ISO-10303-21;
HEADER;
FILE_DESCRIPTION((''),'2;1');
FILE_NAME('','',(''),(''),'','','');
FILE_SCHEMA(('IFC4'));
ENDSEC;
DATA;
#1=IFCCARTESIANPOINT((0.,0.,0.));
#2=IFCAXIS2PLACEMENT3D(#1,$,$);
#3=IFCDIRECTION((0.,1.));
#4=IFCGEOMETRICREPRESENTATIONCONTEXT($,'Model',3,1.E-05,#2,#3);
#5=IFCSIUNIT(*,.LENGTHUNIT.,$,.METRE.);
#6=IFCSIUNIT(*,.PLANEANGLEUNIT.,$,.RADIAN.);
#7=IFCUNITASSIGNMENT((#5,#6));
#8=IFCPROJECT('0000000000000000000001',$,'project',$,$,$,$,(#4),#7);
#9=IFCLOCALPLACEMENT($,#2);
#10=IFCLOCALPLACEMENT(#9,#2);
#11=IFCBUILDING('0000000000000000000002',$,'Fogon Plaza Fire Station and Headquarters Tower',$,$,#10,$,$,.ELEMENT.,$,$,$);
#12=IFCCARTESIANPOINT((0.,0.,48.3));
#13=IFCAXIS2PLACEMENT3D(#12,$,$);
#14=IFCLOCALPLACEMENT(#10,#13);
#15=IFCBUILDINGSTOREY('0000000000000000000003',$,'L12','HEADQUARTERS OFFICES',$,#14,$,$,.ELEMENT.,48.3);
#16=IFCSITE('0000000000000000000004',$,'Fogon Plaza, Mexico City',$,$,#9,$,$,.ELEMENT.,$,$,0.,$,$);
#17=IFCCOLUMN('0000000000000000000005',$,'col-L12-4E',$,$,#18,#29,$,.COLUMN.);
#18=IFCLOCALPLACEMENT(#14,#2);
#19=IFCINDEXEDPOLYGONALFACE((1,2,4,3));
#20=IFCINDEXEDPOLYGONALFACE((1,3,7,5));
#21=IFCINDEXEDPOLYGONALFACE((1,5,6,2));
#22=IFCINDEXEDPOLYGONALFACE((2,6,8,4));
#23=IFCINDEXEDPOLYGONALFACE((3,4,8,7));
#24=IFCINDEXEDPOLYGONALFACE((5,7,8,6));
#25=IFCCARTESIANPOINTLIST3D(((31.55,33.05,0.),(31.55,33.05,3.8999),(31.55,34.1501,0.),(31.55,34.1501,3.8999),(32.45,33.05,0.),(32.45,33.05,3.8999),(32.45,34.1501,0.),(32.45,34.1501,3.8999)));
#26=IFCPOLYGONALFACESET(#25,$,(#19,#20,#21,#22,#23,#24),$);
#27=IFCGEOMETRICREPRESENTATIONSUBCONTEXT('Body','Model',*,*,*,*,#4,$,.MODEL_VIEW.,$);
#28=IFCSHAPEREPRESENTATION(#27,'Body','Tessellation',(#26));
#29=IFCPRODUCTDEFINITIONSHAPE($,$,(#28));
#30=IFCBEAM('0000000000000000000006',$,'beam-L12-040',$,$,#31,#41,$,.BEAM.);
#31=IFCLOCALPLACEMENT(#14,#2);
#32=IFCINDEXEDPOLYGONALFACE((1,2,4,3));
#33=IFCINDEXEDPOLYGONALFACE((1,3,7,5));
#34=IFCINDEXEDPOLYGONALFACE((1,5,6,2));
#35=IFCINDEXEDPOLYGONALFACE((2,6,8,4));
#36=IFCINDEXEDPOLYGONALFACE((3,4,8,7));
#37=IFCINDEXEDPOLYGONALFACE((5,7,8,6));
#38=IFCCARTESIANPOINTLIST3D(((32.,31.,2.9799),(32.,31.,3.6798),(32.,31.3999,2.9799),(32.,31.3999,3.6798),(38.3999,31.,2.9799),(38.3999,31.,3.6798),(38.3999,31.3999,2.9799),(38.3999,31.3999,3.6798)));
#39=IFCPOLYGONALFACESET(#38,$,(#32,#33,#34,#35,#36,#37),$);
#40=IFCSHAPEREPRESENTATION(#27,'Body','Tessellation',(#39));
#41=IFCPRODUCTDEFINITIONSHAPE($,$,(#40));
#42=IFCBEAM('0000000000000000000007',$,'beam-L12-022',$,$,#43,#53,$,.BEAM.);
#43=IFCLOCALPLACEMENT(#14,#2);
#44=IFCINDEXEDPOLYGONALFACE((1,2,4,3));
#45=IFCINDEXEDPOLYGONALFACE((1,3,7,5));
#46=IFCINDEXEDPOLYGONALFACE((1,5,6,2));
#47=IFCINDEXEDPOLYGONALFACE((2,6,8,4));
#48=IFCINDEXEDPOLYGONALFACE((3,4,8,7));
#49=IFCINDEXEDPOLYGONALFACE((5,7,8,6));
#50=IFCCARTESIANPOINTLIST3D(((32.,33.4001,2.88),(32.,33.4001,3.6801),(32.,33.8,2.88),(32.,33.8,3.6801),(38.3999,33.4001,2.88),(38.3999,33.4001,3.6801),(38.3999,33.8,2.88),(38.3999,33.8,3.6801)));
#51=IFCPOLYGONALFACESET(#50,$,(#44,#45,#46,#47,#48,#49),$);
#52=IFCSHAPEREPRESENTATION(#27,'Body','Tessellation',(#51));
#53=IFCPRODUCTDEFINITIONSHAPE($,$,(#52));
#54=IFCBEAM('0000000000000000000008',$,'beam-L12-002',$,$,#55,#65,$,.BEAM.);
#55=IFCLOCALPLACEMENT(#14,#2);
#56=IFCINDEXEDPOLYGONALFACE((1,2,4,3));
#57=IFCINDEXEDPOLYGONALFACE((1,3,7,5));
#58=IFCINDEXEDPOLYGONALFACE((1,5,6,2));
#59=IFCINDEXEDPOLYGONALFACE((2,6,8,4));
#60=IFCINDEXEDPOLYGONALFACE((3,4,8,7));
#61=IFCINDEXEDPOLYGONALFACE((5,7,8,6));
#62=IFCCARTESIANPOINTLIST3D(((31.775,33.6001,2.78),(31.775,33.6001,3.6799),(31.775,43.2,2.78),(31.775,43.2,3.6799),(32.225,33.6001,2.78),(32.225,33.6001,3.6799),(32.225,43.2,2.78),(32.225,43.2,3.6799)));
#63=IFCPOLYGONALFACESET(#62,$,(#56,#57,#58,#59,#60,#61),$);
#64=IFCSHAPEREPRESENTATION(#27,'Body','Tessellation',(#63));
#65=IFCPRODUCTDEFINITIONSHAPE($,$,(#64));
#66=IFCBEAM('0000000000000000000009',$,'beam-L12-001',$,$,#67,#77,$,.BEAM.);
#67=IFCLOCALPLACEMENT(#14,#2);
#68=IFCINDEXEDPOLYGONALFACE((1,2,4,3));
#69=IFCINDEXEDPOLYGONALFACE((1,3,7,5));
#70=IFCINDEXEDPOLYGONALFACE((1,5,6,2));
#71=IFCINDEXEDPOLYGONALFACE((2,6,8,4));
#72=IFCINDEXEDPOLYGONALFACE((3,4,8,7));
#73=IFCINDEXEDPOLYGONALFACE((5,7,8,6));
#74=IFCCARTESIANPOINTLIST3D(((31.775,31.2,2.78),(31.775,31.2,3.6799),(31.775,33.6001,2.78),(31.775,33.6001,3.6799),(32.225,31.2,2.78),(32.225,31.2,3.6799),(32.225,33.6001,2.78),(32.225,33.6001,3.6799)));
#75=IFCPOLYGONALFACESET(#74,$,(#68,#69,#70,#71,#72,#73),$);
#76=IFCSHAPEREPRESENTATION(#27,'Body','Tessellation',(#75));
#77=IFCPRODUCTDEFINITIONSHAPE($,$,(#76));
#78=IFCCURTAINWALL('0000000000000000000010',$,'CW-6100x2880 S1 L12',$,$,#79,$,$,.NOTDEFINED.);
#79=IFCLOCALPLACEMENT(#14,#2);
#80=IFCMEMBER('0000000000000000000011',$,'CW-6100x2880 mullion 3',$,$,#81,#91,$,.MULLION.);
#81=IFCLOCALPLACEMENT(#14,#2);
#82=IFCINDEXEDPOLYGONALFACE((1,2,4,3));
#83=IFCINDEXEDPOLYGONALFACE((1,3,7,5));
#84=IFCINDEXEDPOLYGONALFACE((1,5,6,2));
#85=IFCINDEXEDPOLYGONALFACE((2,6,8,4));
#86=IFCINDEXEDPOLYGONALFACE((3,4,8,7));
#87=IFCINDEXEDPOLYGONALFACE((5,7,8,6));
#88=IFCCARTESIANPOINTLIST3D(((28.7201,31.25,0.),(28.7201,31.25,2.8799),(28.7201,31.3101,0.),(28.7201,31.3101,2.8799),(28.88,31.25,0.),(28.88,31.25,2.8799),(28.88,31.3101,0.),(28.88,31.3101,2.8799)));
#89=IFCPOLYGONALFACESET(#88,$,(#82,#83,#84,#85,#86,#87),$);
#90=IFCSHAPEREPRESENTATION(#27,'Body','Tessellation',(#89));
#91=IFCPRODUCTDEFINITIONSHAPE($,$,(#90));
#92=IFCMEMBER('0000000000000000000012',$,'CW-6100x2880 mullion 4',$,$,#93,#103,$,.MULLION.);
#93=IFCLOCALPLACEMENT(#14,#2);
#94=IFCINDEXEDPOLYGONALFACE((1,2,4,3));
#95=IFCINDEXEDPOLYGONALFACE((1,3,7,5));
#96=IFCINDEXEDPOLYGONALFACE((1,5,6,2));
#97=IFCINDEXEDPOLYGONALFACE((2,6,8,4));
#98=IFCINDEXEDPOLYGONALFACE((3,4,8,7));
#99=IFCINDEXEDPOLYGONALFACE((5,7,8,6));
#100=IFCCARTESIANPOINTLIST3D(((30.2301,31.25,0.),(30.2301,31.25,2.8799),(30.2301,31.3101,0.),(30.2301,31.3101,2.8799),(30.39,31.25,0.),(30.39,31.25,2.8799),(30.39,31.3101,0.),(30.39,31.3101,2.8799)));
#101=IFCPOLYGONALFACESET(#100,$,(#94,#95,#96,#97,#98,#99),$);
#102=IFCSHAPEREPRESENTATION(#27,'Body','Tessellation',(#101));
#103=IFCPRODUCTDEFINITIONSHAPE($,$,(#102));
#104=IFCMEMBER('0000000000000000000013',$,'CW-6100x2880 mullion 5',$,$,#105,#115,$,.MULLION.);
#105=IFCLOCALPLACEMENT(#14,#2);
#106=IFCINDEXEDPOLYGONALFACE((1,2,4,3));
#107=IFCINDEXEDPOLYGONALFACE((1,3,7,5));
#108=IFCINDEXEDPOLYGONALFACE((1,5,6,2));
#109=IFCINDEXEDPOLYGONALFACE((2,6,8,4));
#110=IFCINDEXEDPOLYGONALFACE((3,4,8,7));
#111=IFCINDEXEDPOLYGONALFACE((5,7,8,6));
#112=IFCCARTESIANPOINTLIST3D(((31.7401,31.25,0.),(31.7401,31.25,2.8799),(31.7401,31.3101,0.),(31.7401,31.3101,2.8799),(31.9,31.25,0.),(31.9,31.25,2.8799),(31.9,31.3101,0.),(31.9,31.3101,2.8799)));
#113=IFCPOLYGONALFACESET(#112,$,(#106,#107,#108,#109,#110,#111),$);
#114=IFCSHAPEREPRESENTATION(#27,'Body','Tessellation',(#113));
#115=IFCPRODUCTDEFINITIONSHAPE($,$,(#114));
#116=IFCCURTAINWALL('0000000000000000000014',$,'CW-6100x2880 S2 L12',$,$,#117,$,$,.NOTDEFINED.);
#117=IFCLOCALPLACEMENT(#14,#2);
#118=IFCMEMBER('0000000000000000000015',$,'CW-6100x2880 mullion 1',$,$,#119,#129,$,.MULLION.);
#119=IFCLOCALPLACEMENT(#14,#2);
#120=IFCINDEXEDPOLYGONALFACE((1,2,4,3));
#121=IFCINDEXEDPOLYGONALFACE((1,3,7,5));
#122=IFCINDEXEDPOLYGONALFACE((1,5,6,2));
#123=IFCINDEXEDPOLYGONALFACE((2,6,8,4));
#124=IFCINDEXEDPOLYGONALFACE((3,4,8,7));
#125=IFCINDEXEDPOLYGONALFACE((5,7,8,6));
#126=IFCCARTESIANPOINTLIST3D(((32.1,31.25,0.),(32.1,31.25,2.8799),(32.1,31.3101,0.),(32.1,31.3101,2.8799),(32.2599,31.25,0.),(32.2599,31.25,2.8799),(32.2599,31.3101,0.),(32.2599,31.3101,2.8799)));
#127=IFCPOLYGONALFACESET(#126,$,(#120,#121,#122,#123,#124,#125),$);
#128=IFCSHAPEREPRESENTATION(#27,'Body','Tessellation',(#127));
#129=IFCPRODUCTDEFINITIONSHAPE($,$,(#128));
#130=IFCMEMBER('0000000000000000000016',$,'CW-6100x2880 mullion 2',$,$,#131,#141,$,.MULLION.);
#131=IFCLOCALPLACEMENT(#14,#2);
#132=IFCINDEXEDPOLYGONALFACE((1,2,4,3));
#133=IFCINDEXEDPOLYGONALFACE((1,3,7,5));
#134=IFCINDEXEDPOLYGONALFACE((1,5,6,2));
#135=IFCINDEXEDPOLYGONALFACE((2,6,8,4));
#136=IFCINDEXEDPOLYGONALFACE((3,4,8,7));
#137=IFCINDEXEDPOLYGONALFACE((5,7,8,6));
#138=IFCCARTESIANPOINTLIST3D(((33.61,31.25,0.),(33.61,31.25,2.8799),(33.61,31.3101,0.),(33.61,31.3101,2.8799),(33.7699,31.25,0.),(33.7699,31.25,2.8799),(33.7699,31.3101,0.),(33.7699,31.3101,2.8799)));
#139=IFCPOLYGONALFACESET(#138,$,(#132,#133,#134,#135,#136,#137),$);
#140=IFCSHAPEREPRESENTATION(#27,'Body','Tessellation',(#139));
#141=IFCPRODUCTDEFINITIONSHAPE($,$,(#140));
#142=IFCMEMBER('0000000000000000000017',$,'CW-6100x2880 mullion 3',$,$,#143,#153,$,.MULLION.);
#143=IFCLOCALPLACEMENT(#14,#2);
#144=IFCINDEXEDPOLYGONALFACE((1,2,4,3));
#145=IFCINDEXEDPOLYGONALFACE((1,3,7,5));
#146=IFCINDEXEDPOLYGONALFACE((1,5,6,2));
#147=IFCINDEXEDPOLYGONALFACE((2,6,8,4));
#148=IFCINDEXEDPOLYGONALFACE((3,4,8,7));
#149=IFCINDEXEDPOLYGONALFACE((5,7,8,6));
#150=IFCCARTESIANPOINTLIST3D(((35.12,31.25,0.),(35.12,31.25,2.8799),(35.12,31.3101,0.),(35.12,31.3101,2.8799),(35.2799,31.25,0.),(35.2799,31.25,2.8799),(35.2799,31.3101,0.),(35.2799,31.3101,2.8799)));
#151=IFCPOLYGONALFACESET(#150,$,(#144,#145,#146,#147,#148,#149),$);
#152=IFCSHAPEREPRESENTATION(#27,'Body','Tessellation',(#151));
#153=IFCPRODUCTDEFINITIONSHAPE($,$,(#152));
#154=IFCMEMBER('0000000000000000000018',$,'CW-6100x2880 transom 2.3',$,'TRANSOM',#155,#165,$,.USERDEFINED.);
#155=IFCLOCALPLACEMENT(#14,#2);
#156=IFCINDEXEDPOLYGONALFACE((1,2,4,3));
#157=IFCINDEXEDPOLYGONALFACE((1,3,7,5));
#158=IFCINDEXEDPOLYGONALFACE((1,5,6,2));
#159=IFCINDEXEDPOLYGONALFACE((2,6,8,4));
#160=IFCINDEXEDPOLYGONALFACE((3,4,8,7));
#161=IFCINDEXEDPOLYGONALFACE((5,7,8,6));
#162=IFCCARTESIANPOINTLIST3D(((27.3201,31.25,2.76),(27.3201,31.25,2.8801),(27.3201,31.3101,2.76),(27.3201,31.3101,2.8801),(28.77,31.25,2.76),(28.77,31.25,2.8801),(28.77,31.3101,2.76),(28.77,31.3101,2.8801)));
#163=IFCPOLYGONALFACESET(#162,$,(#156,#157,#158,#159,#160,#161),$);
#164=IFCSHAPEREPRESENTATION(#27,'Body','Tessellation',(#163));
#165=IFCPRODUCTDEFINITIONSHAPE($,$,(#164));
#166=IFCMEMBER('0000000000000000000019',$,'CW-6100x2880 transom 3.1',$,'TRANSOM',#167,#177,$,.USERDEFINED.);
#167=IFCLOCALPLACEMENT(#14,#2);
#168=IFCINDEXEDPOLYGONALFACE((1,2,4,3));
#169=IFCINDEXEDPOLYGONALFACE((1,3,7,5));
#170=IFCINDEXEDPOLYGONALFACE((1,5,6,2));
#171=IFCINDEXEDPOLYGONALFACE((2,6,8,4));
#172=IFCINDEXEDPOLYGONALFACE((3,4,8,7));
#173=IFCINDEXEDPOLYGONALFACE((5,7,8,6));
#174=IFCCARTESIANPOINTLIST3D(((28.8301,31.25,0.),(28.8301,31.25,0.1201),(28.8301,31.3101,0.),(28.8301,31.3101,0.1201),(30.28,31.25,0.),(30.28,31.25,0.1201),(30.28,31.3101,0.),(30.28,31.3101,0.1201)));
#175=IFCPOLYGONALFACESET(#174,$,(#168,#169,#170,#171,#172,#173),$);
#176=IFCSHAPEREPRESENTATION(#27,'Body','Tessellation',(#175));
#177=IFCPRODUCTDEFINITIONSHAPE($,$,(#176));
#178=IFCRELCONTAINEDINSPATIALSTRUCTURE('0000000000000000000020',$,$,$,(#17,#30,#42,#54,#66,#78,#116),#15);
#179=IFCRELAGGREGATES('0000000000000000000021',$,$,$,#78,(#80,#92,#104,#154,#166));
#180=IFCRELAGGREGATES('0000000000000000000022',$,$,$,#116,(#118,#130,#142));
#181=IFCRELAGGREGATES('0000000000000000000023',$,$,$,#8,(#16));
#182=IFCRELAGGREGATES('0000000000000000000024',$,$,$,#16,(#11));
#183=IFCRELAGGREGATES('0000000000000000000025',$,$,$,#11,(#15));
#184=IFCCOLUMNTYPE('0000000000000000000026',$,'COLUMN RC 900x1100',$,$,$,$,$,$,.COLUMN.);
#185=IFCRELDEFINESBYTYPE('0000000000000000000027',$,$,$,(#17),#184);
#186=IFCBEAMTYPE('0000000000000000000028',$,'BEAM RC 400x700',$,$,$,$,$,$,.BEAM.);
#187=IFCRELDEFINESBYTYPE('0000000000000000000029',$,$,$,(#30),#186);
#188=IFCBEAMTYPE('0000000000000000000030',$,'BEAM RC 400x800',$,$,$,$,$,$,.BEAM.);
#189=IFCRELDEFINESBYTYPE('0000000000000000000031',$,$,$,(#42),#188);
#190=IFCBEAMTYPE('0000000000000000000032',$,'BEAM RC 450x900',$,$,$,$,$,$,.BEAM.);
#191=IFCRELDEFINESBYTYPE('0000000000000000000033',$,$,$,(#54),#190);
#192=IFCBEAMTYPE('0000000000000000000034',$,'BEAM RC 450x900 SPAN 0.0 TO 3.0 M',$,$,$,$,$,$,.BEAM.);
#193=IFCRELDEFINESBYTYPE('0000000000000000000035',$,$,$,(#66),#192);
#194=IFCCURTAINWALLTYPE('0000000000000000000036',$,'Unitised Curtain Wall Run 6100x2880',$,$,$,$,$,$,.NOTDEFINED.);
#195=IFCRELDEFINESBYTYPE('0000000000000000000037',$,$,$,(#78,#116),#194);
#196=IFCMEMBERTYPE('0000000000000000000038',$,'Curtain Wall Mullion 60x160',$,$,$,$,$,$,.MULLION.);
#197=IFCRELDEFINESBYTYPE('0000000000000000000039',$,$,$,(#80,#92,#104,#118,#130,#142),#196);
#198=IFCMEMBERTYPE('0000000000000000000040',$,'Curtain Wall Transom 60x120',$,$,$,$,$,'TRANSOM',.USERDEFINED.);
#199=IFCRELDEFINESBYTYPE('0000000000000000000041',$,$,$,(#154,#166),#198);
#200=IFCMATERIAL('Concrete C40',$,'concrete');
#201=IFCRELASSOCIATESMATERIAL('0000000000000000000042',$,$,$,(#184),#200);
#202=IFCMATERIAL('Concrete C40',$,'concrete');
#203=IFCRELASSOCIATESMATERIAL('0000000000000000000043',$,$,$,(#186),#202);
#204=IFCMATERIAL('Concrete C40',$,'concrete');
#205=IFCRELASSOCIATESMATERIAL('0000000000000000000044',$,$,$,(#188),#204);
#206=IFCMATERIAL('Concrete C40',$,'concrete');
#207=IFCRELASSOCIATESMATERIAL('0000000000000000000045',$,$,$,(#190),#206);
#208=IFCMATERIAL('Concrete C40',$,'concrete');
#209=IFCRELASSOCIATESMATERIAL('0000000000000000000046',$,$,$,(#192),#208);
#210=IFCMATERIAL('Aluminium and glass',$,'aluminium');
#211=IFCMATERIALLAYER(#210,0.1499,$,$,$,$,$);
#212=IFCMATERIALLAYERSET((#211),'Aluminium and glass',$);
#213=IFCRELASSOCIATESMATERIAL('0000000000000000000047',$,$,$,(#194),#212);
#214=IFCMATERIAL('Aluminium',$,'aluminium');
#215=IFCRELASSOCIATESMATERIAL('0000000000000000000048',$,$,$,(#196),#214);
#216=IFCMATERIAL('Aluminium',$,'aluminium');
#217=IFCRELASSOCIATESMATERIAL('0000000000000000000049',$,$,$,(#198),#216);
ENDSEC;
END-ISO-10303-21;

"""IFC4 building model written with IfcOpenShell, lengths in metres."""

from ifc_helpers import new_model, si_unit, direction, frame, origin, origin_2d, place, context, subcontext, project, spatial, rectangle, extrude, material, layer, layer_set, material_profile, profile_set, type_object, element, aggregate, save


model = new_model("IFC4")

# Units and contexts
model_context = context("Model", 3, precision=1e-05, world=origin(), true_north=direction((0.0, 1.0)))
body_context = subcontext(model_context, "Body", "Model", "MODEL_VIEW")
ifc_project = project(units=[si_unit("LENGTHUNIT", "METRE"), si_unit("PLANEANGLEUNIT", "RADIAN")], contexts=[model_context])

# Site, building, storey
site_placement = place(None, origin())
site = spatial("IfcSite", under=ifc_project, at=site_placement, Name="Fogon Plaza, Mexico City", CompositionType="ELEMENT", RefElevation=0.0)
building_placement = place(site_placement, origin())
building = spatial("IfcBuilding", under=site, at=building_placement, Name="Fogon Plaza Fire Station and Headquarters Tower", CompositionType="ELEMENT")
storey_placement = place(building_placement, frame((0.0, 0.0, 48.3)))
storey = spatial("IfcBuildingStorey", under=building, at=storey_placement, Name="L12", Description="HEADQUARTERS OFFICES", CompositionType="ELEMENT", Elevation=48.3)

# Column
ifc_material_1 = material(Name="Concrete C40", Category="concrete")
ifc_material_profile_1 = material_profile(ifc_material_1, rectangle(XDim=0.8999, YDim=1.1001, at=origin_2d()), Name="RC 900x1100")
ifc_profile_set_1 = profile_set([ifc_material_profile_1], Name="Concrete C40")
column_type = type_object("IfcColumnType", Name="COLUMN RC 900x1100", PredefinedType="COLUMN", material=ifc_profile_set_1)
column_placement = place(storey_placement, frame((32.0, 33.6001, 0.0), z_axis=(0.0, 0.0, 1.0), x_axis=(1.0, 0.0, 0.0)))
element("IfcColumn", 1, at=column_placement, inside=storey, type_object=column_type, Name="col-L12-4E", PredefinedType="COLUMN", context=body_context, shape_type="SweptSolid", body=[
    extrude(rectangle(XDim=0.8999, YDim=1.1001, at=origin_2d()), origin(), (0.0, 0.0, 1.0), 3.8999),
])

# Beams
ifc_material_2 = material(Name="Concrete C40", Category="concrete")
ifc_material_profile_2 = material_profile(ifc_material_2, rectangle(XDim=0.3999, YDim=0.7, at=origin_2d()), Name="RC 400x700")
ifc_profile_set_2 = profile_set([ifc_material_profile_2], Name="Concrete C40")
beam_type_1 = type_object("IfcBeamType", Name="BEAM RC 400x700", PredefinedType="BEAM", material=ifc_profile_set_2)
beam_1_placement = place(storey_placement, frame((32.0, 31.2, 3.3298), z_axis=(1.0, 0.0, 0.0), x_axis=(0.0, 1.0, 0.0)))
element("IfcBeam", 2, at=beam_1_placement, inside=storey, type_object=beam_type_1, Name="beam-L12-040", PredefinedType="BEAM", context=body_context, shape_type="SweptSolid", body=[
    extrude(rectangle(XDim=0.3999, YDim=0.7, at=origin_2d()), origin(), (0.0, 0.0, 1.0), 6.3999),
])
ifc_material_3 = material(Name="Concrete C40", Category="concrete")
ifc_material_profile_3 = material_profile(ifc_material_3, rectangle(XDim=0.3999, YDim=0.8, at=origin_2d()), Name="RC 400x800")
ifc_profile_set_3 = profile_set([ifc_material_profile_3], Name="Concrete C40")
beam_type_2 = type_object("IfcBeamType", Name="BEAM RC 400x800", PredefinedType="BEAM", material=ifc_profile_set_3)
beam_2_placement = place(storey_placement, frame((32.0, 33.6001, 3.28), z_axis=(1.0, 0.0, 0.0), x_axis=(0.0, 1.0, 0.0)))
element("IfcBeam", 3, at=beam_2_placement, inside=storey, type_object=beam_type_2, Name="beam-L12-022", PredefinedType="BEAM", context=body_context, shape_type="SweptSolid", body=[
    extrude(rectangle(XDim=0.3999, YDim=0.8, at=origin_2d()), origin(), (0.0, 0.0, 1.0), 6.3999),
])
ifc_material_4 = material(Name="Concrete C40", Category="concrete")
ifc_material_profile_4 = material_profile(ifc_material_4, rectangle(XDim=0.45, YDim=0.8999, at=origin_2d()), Name="RC 450x900")
ifc_profile_set_4 = profile_set([ifc_material_profile_4], Name="Concrete C40")
beam_type_3 = type_object("IfcBeamType", Name="BEAM RC 450x900", PredefinedType="BEAM", material=ifc_profile_set_4)
beam_3_placement = place(storey_placement, frame((32.0, 33.6001, 3.23), z_axis=(0.0, 1.0, 0.0), x_axis=(-1.0, 0.0, 0.0)))
element("IfcBeam", 4, at=beam_3_placement, inside=storey, type_object=beam_type_3, Name="beam-L12-002", PredefinedType="BEAM", context=body_context, shape_type="SweptSolid", body=[
    extrude(rectangle(XDim=0.45, YDim=0.8999, at=origin_2d()), origin(), (0.0, 0.0, 1.0), 9.5999),
])
ifc_material_5 = material(Name="Concrete C40", Category="concrete")
ifc_material_profile_5 = material_profile(ifc_material_5, rectangle(XDim=0.45, YDim=0.8999, at=origin_2d()), Name="RC 450x900")
ifc_profile_set_5 = profile_set([ifc_material_profile_5], Name="Concrete C40")
beam_type_4 = type_object("IfcBeamType", Name="BEAM RC 450x900 SPAN 0.0 TO 3.0 M", PredefinedType="BEAM", material=ifc_profile_set_5)
beam_4_placement = place(storey_placement, frame((32.0, 31.2, 3.23), z_axis=(0.0, 1.0, 0.0), x_axis=(-1.0, 0.0, 0.0)))
element("IfcBeam", 5, at=beam_4_placement, inside=storey, type_object=beam_type_4, Name="beam-L12-001", PredefinedType="BEAM", context=body_context, shape_type="SweptSolid", body=[
    extrude(rectangle(XDim=0.45, YDim=0.8999, at=origin_2d()), origin(), (0.0, 0.0, 1.0), 2.4001),
])

# Curtain walls, members
ifc_material_6 = material(Name="Aluminium and glass", Category="aluminium")
ifc_layer_1 = layer(ifc_material_6, 0.1499)
ifc_layer_set_1 = layer_set([ifc_layer_1], Name="Aluminium and glass")
curtain_wall_type = type_object("IfcCurtainWallType", Name="Unitised Curtain Wall Run 6100x2880", PredefinedType="NOTDEFINED", material=ifc_layer_set_1)
curtain_wall_1_placement = place(storey_placement, origin())
curtain_wall_1 = element("IfcCurtainWall", 6, at=curtain_wall_1_placement, inside=storey, type_object=curtain_wall_type, Name="CW-6100x2880 S1 L12", PredefinedType="NOTDEFINED")
ifc_material_7 = material(Name="Aluminium", Category="aluminium")
ifc_material_profile_6 = material_profile(ifc_material_7, rectangle(XDim=0.0601, YDim=0.1599, at=origin_2d()), Name="Curtain Wall Mullion 60x160")
ifc_profile_set_6 = profile_set([ifc_material_profile_6], Name="Aluminium")
member_type_1 = type_object("IfcMemberType", Name="Curtain Wall Mullion 60x160", PredefinedType="MULLION", material=ifc_profile_set_6)
member_1_placement = place(storey_placement, frame((28.8, 31.28, 0.0), z_axis=(0.0, 0.0, 1.0), x_axis=(0.0, 1.0, 0.0)))
member_1 = element("IfcMember", 7, at=member_1_placement, type_object=member_type_1, Name="CW-6100x2880 mullion 3", PredefinedType="MULLION", context=body_context, shape_type="SweptSolid", body=[
    extrude(rectangle(XDim=0.0601, YDim=0.1599, at=origin_2d()), origin(), (0.0, 0.0, 1.0), 2.8799),
])
member_2_placement = place(storey_placement, frame((30.3101, 31.28, 0.0), z_axis=(0.0, 0.0, 1.0), x_axis=(0.0, 1.0, 0.0)))
member_2 = element("IfcMember", 8, at=member_2_placement, type_object=member_type_1, Name="CW-6100x2880 mullion 4", PredefinedType="MULLION", context=body_context, shape_type="SweptSolid", body=[
    extrude(rectangle(XDim=0.0601, YDim=0.1599, at=origin_2d()), origin(), (0.0, 0.0, 1.0), 2.8799),
])
member_3_placement = place(storey_placement, frame((31.8201, 31.28, 0.0), z_axis=(0.0, 0.0, 1.0), x_axis=(0.0, 1.0, 0.0)))
member_3 = element("IfcMember", 9, at=member_3_placement, type_object=member_type_1, Name="CW-6100x2880 mullion 5", PredefinedType="MULLION", context=body_context, shape_type="SweptSolid", body=[
    extrude(rectangle(XDim=0.0601, YDim=0.1599, at=origin_2d()), origin(), (0.0, 0.0, 1.0), 2.8799),
])
curtain_wall_2_placement = place(storey_placement, origin())
curtain_wall_2 = element("IfcCurtainWall", 10, at=curtain_wall_2_placement, inside=storey, type_object=curtain_wall_type, Name="CW-6100x2880 S2 L12", PredefinedType="NOTDEFINED")
member_4_placement = place(storey_placement, frame((32.1799, 31.28, 0.0), z_axis=(0.0, 0.0, 1.0), x_axis=(0.0, 1.0, 0.0)))
member_4 = element("IfcMember", 11, at=member_4_placement, type_object=member_type_1, Name="CW-6100x2880 mullion 1", PredefinedType="MULLION", context=body_context, shape_type="SweptSolid", body=[
    extrude(rectangle(XDim=0.0601, YDim=0.1599, at=origin_2d()), origin(), (0.0, 0.0, 1.0), 2.8799),
])
member_5_placement = place(storey_placement, frame((33.6899, 31.28, 0.0), z_axis=(0.0, 0.0, 1.0), x_axis=(0.0, 1.0, 0.0)))
member_5 = element("IfcMember", 12, at=member_5_placement, type_object=member_type_1, Name="CW-6100x2880 mullion 2", PredefinedType="MULLION", context=body_context, shape_type="SweptSolid", body=[
    extrude(rectangle(XDim=0.0601, YDim=0.1599, at=origin_2d()), origin(), (0.0, 0.0, 1.0), 2.8799),
])
member_6_placement = place(storey_placement, frame((35.2, 31.28, 0.0), z_axis=(0.0, 0.0, 1.0), x_axis=(0.0, 1.0, 0.0)))
member_6 = element("IfcMember", 13, at=member_6_placement, type_object=member_type_1, Name="CW-6100x2880 mullion 3", PredefinedType="MULLION", context=body_context, shape_type="SweptSolid", body=[
    extrude(rectangle(XDim=0.0601, YDim=0.1599, at=origin_2d()), origin(), (0.0, 0.0, 1.0), 2.8799),
])

# Members
ifc_material_8 = material(Name="Aluminium", Category="aluminium")
ifc_material_profile_7 = material_profile(ifc_material_8, rectangle(XDim=0.0601, YDim=0.1201, at=origin_2d()), Name="Curtain Wall Transom 60x120")
ifc_profile_set_7 = profile_set([ifc_material_profile_7], Name="Aluminium")
member_type_2 = type_object("IfcMemberType", Name="Curtain Wall Transom 60x120", ElementType="TRANSOM", PredefinedType="USERDEFINED", material=ifc_profile_set_7)
member_7_placement = place(storey_placement, frame((27.3201, 31.28, 2.8201), z_axis=(1.0, 0.0, 0.0), x_axis=(0.0, 1.0, 0.0)))
member_7 = element("IfcMember", 14, at=member_7_placement, type_object=member_type_2, Name="CW-6100x2880 transom 2.3", ObjectType="TRANSOM", PredefinedType="USERDEFINED", context=body_context, shape_type="SweptSolid", body=[
    extrude(rectangle(XDim=0.0601, YDim=0.1201, at=origin_2d()), origin(), (0.0, 0.0, 1.0), 1.45),
])
member_8_placement = place(storey_placement, frame((28.8301, 31.28, 0.0601), z_axis=(1.0, 0.0, 0.0), x_axis=(0.0, 1.0, 0.0)))
member_8 = element("IfcMember", 15, at=member_8_placement, type_object=member_type_2, Name="CW-6100x2880 transom 3.1", ObjectType="TRANSOM", PredefinedType="USERDEFINED", context=body_context, shape_type="SweptSolid", body=[
    extrude(rectangle(XDim=0.0601, YDim=0.1201, at=origin_2d()), origin(), (0.0, 0.0, 1.0), 1.45),
])

aggregate(curtain_wall_1, [member_1, member_2, member_3, member_7, member_8])
aggregate(curtain_wall_2, [member_4, member_5, member_6])

save(model, "model.ifc")
